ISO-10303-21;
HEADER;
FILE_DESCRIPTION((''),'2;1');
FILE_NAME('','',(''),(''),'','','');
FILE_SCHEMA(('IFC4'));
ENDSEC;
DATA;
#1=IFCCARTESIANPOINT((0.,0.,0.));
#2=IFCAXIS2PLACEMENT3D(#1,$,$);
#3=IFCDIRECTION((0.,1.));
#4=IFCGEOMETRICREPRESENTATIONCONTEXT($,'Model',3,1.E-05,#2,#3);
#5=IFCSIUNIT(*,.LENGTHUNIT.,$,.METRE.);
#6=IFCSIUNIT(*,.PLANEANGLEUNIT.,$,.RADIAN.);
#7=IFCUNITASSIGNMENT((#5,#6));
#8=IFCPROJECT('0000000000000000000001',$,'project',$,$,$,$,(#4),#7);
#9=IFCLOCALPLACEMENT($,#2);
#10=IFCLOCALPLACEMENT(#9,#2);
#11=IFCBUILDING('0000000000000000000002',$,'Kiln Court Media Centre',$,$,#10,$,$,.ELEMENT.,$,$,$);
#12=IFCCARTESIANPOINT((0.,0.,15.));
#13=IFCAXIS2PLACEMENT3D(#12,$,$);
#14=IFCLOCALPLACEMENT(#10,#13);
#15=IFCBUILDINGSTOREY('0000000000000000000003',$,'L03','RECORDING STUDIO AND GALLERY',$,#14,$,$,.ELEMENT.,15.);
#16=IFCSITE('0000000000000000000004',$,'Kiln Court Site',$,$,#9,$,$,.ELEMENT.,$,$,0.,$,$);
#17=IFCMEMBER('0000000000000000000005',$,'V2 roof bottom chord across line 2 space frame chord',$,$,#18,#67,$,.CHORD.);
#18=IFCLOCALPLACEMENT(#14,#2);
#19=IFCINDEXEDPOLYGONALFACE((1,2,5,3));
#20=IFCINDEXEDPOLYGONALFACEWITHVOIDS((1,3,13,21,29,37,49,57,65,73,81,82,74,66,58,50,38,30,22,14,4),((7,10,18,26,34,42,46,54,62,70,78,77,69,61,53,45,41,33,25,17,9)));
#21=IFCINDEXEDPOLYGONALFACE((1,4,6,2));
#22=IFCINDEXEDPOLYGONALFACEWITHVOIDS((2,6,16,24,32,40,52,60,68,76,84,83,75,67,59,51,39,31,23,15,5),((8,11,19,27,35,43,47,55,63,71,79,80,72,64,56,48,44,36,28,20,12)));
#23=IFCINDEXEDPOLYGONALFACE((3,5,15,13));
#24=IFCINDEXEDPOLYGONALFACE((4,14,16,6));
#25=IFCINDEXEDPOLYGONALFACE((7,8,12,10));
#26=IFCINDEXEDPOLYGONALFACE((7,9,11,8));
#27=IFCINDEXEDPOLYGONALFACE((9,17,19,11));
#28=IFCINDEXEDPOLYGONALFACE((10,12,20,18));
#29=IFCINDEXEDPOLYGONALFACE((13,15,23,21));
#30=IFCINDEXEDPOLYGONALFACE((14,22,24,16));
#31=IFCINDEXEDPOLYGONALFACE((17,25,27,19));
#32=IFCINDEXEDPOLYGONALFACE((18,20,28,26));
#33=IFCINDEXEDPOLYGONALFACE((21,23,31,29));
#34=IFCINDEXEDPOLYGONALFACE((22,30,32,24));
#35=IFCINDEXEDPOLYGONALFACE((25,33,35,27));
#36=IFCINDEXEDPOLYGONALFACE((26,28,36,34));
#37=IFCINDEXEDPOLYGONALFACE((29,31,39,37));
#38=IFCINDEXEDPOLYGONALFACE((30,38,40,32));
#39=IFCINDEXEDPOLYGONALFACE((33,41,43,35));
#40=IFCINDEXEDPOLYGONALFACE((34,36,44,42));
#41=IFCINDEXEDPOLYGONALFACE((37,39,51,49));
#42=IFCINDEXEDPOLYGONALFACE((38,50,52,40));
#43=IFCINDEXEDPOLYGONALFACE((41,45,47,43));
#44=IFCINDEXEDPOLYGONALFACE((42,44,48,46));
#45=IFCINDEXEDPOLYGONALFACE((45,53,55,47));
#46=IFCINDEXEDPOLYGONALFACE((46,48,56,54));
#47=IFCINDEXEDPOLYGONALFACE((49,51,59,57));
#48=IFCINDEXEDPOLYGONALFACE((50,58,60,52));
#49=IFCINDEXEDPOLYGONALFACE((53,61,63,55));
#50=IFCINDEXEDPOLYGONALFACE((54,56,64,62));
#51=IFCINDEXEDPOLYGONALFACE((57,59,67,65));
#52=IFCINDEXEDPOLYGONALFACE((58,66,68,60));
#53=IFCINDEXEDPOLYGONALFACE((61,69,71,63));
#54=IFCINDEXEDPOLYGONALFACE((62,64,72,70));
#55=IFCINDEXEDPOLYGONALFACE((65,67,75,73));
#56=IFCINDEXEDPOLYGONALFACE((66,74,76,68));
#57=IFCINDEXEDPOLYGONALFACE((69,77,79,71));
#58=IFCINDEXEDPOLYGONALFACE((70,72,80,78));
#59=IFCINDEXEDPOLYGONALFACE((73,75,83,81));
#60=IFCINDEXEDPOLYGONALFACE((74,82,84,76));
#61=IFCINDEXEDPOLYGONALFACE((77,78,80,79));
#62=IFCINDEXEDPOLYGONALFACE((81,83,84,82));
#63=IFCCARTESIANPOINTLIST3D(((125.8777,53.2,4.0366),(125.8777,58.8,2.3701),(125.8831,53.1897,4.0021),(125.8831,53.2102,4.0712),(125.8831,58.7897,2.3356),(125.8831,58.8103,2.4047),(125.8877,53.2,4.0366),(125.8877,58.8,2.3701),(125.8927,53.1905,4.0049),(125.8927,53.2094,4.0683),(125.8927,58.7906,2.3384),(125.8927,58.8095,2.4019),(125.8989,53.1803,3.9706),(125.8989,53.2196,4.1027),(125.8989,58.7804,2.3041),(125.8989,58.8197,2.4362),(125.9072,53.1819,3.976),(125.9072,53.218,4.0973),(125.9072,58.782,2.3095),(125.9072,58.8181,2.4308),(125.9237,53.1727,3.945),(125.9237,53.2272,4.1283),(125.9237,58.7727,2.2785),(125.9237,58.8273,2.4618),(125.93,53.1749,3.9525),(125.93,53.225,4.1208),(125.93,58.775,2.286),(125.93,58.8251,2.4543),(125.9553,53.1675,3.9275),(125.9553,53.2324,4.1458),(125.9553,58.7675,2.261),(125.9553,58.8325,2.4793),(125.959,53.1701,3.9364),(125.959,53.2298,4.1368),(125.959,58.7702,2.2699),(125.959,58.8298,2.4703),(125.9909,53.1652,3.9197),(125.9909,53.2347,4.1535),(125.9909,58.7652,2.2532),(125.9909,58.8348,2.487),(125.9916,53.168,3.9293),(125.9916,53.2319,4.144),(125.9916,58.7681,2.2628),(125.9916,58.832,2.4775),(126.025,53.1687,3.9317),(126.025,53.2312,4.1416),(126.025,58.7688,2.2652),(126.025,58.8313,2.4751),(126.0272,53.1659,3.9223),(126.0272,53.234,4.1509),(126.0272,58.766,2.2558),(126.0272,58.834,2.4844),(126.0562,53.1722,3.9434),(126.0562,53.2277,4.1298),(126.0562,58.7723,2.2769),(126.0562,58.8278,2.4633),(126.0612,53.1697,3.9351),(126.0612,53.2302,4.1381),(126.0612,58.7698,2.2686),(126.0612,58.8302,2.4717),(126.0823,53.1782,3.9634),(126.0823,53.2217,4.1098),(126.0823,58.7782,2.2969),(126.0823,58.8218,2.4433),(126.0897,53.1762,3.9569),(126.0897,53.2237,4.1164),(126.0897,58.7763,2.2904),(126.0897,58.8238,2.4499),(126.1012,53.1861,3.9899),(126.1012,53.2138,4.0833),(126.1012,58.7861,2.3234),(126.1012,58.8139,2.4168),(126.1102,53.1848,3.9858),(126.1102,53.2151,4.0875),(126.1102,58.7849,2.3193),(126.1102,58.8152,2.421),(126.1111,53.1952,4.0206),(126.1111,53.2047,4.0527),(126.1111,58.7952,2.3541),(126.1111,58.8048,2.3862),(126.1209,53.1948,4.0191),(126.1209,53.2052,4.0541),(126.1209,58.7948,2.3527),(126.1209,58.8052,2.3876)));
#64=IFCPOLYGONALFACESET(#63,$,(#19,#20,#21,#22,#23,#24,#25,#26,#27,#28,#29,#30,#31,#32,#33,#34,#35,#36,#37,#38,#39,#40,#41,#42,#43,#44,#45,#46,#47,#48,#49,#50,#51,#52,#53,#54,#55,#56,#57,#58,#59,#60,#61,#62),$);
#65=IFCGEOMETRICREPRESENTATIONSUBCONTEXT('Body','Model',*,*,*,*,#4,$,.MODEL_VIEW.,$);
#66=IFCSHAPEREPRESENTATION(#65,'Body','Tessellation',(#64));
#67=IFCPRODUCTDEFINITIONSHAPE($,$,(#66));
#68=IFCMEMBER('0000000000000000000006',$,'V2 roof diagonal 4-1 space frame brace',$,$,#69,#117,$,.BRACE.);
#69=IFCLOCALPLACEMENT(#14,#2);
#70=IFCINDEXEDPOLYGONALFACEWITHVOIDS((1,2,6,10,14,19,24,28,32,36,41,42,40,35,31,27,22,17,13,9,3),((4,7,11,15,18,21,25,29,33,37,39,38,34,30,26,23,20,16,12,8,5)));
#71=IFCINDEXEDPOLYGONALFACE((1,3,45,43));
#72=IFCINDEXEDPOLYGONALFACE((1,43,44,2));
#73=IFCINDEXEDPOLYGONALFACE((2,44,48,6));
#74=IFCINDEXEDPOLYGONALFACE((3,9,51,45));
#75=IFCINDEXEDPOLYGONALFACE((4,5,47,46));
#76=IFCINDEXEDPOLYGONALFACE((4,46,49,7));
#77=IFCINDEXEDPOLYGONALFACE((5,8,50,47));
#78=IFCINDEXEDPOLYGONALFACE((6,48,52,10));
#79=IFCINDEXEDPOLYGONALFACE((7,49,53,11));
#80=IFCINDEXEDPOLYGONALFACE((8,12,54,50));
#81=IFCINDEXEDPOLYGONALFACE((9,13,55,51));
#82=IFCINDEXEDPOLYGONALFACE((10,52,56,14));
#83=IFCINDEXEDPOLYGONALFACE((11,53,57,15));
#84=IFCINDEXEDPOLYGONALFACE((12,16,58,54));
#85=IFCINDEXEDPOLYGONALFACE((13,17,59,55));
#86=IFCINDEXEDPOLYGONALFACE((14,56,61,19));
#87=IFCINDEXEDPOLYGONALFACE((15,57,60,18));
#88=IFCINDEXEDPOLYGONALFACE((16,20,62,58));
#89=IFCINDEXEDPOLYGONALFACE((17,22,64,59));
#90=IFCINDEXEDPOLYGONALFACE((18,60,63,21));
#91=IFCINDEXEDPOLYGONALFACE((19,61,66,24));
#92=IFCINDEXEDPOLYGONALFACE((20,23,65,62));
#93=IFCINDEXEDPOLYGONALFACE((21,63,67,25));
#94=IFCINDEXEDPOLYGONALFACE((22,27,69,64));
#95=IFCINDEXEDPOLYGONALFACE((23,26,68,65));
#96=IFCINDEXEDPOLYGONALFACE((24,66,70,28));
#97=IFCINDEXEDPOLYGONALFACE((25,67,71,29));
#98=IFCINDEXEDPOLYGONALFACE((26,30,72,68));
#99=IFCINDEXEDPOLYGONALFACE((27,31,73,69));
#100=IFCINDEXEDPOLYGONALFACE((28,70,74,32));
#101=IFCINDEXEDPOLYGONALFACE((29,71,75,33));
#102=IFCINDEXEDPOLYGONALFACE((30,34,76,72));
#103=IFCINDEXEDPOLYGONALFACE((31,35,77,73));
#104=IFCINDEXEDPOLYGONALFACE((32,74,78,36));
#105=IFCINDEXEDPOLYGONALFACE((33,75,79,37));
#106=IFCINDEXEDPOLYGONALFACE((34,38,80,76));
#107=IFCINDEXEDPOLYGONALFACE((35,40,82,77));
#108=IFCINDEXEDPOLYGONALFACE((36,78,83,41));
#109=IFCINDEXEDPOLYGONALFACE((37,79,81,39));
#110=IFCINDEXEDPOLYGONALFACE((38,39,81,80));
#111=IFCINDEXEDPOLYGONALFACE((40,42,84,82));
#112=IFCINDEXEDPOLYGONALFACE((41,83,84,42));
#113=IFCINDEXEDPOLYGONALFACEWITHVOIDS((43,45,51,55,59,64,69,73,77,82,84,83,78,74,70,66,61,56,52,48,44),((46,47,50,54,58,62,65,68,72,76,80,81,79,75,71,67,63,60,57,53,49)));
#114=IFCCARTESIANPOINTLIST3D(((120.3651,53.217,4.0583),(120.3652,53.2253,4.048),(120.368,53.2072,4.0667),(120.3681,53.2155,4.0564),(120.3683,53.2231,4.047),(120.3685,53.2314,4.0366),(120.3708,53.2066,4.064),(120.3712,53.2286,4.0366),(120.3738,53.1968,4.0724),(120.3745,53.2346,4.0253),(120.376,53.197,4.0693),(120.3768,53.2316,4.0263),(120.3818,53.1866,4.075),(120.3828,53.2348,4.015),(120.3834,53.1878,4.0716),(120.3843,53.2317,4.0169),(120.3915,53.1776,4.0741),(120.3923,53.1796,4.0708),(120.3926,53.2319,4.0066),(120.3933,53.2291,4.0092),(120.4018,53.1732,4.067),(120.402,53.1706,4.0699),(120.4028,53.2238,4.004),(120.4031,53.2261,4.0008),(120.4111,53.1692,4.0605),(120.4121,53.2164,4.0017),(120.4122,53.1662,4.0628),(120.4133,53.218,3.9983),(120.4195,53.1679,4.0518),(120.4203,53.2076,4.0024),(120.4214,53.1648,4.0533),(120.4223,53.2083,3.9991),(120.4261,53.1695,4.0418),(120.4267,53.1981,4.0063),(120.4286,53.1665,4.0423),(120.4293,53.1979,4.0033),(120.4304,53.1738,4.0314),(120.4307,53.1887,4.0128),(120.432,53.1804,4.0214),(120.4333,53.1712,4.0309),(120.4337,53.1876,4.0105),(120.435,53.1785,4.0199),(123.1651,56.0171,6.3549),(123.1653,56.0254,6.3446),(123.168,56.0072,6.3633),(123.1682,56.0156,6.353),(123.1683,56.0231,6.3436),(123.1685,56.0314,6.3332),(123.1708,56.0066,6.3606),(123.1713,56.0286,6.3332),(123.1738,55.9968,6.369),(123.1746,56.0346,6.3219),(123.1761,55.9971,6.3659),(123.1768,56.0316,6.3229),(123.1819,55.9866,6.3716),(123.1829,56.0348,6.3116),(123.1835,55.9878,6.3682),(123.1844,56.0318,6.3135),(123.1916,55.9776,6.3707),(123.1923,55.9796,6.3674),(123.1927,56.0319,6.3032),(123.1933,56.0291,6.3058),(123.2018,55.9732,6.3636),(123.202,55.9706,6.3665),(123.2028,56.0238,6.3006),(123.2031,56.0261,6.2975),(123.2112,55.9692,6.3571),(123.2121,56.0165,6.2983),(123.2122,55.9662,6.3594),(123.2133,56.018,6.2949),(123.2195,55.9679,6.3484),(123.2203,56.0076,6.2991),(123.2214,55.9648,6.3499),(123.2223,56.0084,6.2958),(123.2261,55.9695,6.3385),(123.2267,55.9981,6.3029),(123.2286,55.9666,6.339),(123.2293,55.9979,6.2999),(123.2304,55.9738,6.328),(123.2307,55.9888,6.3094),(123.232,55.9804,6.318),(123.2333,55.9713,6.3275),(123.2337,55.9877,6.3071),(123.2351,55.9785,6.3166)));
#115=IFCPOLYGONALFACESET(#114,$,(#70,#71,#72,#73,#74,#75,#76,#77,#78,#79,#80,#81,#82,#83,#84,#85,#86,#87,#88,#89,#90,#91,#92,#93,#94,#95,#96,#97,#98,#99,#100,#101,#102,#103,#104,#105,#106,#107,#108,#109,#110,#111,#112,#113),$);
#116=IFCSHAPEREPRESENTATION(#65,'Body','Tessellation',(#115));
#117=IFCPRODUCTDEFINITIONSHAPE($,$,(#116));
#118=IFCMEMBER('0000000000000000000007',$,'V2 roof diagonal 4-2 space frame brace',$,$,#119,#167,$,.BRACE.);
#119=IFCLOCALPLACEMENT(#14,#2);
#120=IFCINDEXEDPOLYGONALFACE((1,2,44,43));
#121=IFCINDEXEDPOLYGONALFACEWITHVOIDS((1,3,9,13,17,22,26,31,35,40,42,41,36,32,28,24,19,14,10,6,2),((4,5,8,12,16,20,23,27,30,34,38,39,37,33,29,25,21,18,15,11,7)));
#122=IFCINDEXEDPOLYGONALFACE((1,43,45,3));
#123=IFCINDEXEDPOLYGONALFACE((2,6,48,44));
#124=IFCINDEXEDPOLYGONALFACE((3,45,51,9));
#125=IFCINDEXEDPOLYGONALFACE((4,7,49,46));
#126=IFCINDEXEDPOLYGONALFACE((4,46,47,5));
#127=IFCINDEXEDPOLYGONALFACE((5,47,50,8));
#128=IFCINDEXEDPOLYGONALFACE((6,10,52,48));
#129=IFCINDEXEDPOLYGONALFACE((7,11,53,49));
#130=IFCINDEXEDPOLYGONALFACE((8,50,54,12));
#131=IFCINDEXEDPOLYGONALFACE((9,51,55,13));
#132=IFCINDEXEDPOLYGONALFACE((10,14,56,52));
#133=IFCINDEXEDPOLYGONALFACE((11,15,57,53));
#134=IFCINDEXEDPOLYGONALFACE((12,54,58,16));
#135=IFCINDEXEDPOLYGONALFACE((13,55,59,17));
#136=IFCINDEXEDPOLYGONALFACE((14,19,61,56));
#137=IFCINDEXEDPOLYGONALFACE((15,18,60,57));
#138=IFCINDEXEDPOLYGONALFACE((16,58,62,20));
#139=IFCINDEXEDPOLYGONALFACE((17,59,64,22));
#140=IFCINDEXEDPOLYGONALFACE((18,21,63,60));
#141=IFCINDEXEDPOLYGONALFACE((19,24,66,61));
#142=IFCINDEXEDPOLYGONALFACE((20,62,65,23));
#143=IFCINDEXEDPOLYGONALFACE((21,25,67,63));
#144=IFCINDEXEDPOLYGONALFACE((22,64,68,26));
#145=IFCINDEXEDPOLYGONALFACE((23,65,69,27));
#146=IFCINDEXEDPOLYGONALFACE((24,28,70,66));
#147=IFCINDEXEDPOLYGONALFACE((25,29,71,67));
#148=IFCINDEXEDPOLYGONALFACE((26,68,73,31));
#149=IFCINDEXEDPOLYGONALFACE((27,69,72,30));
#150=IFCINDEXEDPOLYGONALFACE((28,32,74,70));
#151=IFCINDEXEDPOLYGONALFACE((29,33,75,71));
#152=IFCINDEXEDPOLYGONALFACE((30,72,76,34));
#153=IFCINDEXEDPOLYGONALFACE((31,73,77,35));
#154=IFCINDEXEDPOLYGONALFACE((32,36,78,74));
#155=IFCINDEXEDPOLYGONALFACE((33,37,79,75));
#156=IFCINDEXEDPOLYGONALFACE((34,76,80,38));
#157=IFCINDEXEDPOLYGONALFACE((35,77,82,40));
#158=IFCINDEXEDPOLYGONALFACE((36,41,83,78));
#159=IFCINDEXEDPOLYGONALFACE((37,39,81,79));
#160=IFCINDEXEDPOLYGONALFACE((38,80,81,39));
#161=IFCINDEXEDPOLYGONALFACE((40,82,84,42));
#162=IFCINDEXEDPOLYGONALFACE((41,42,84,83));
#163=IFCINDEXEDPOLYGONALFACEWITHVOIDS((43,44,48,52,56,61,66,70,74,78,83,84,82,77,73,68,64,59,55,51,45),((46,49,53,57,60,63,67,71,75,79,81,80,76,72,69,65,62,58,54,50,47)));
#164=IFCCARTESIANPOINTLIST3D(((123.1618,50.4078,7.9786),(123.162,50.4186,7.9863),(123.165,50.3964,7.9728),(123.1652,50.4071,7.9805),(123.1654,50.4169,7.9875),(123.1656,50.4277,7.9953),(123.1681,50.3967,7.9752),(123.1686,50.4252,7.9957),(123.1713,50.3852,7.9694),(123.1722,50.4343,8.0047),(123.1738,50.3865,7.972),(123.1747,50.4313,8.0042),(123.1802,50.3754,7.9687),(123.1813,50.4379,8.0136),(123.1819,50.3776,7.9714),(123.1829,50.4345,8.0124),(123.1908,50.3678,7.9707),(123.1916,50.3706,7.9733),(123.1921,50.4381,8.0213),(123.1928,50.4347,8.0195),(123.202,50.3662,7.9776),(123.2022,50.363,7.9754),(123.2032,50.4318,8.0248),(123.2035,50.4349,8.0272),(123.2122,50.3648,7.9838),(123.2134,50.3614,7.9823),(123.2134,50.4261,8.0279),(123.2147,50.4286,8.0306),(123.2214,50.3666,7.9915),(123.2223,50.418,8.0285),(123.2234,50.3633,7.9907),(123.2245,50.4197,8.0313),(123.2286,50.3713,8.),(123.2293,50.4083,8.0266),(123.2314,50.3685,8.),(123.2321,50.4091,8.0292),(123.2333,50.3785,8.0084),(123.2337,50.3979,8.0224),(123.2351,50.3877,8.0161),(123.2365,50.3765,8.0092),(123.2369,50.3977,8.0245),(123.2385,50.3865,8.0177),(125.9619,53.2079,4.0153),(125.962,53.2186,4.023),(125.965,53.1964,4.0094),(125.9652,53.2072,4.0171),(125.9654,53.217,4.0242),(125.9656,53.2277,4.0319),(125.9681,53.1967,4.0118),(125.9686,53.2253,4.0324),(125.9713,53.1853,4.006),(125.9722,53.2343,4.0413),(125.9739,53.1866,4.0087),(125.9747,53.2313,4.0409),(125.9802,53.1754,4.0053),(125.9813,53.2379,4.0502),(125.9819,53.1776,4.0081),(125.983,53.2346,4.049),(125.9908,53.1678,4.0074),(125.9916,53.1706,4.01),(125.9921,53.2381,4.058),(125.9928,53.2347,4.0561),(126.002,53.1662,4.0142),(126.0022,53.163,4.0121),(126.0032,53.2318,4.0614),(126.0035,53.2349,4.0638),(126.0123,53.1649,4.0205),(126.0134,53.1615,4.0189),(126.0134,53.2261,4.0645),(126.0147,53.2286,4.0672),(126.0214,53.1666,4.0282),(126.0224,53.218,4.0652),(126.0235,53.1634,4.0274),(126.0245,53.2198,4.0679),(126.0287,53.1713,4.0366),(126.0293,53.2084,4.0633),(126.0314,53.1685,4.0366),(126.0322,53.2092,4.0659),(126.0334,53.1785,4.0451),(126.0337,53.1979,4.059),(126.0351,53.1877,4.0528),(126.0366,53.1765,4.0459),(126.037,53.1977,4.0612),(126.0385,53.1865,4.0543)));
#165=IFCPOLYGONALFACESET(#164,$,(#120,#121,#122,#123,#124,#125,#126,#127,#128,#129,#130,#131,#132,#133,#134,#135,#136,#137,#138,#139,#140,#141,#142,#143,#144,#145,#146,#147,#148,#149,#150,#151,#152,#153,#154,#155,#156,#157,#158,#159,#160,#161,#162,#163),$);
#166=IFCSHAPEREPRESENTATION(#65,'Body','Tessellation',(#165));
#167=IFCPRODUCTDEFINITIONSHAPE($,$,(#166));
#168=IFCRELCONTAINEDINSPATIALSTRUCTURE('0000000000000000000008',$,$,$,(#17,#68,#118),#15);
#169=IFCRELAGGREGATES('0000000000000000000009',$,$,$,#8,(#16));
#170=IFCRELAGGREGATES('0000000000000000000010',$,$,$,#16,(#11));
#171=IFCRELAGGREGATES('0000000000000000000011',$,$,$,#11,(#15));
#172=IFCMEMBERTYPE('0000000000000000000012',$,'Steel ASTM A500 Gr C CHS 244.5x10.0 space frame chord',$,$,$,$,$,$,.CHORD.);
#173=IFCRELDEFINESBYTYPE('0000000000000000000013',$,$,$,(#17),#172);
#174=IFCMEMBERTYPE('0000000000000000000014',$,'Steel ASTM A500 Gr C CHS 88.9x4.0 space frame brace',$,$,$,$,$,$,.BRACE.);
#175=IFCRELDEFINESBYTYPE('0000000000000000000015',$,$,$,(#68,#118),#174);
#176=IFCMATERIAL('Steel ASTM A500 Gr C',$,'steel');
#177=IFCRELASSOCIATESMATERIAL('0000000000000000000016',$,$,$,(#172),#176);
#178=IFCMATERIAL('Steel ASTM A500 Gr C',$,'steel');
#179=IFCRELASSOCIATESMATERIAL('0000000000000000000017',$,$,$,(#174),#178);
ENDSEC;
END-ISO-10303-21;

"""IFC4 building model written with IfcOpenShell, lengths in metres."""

from ifc_helpers import new_model, si_unit, direction, frame, origin, origin_2d, place, context, subcontext, project, spatial, hollow_circle, extrude, material, material_profile, profile_set, type_object, element, save


model = new_model("IFC4")

# Units and contexts
model_context = context("Model", 3, precision=1e-05, world=origin(), true_north=direction((0.0, 1.0)))
body_context = subcontext(model_context, "Body", "Model", "MODEL_VIEW")
ifc_project = project(units=[si_unit("LENGTHUNIT", "METRE"), si_unit("PLANEANGLEUNIT", "RADIAN")], contexts=[model_context])

# Site, building, storey
site_placement = place(None, origin())
site = spatial("IfcSite", under=ifc_project, at=site_placement, Name="Kiln Court Site", CompositionType="ELEMENT", RefElevation=0.0)
building_placement = place(site_placement, origin())
building = spatial("IfcBuilding", under=site, at=building_placement, Name="Kiln Court Media Centre", CompositionType="ELEMENT")
storey_placement = place(building_placement, frame((0.0, 0.0, 15.0)))
storey = spatial("IfcBuildingStorey", under=building, at=storey_placement, Name="L03", Description="RECORDING STUDIO AND GALLERY", CompositionType="ELEMENT", Elevation=15.0)

# Members
ifc_material_1 = material(Name="Steel ASTM A500 Gr C", Category="steel")
ifc_material_profile_1 = material_profile(ifc_material_1, hollow_circle(Radius=0.1223, WallThickness=0.01, at=origin_2d()), Name="CHS 244.5x10.0")
ifc_profile_set_1 = profile_set([ifc_material_profile_1], Name="Steel ASTM A500 Gr C")
member_type_1 = type_object("IfcMemberType", Name="Steel ASTM A500 Gr C CHS 244.5x10.0 space frame chord", PredefinedType="CHORD", material=ifc_profile_set_1)
member_1_placement = place(storey_placement, frame((126.0, 53.2, 4.0366), z_axis=(0.0, 0.958461, -0.285223), x_axis=(-1.0, 0.0, 0.0)))
element("IfcMember", 1, at=member_1_placement, inside=storey, type_object=member_type_1, Name="V2 roof bottom chord across line 2 space frame chord", PredefinedType="CHORD", context=body_context, shape_type="SweptSolid", body=[
    extrude(hollow_circle(Radius=0.1223, WallThickness=0.01, at=origin_2d()), origin(), (0.0, 0.0, 1.0), 5.8428),
])
ifc_material_2 = material(Name="Steel ASTM A500 Gr C", Category="steel")
ifc_material_profile_2 = material_profile(ifc_material_2, hollow_circle(Radius=0.0444, WallThickness=0.0039, at=origin_2d()), Name="CHS 88.9x4.0")
ifc_profile_set_2 = profile_set([ifc_material_profile_2], Name="Steel ASTM A500 Gr C")
member_type_2 = type_object("IfcMemberType", Name="Steel ASTM A500 Gr C CHS 88.9x4.0 space frame brace", PredefinedType="BRACE", material=ifc_profile_set_2)
member_2_placement = place(storey_placement, frame((120.3999, 53.2, 4.0366), z_axis=(0.611676, 0.611676, 0.501703), x_axis=(-0.707107, 0.707107, 0.0)))
element("IfcMember", 2, at=member_2_placement, inside=storey, type_object=member_type_2, Name="V2 roof diagonal 4-1 space frame brace", PredefinedType="BRACE", context=body_context, shape_type="SweptSolid", body=[
    extrude(hollow_circle(Radius=0.0444, WallThickness=0.0039, at=origin_2d()), origin(), (0.0, 0.0, 1.0), 4.5776),
])
member_3_placement = place(storey_placement, frame((126.0, 53.2, 4.0366), z_axis=(-0.499778, -0.499778, 0.70742), x_axis=(0.707107, -0.707107, 0.0)))
element("IfcMember", 3, at=member_3_placement, inside=storey, type_object=member_type_2, Name="V2 roof diagonal 4-2 space frame brace", PredefinedType="BRACE", context=body_context, shape_type="SweptSolid", body=[
    extrude(hollow_circle(Radius=0.0444, WallThickness=0.0039, at=origin_2d()), origin(), (0.0, 0.0, 1.0), 5.6025),
])

save(model, "model.ifc")
